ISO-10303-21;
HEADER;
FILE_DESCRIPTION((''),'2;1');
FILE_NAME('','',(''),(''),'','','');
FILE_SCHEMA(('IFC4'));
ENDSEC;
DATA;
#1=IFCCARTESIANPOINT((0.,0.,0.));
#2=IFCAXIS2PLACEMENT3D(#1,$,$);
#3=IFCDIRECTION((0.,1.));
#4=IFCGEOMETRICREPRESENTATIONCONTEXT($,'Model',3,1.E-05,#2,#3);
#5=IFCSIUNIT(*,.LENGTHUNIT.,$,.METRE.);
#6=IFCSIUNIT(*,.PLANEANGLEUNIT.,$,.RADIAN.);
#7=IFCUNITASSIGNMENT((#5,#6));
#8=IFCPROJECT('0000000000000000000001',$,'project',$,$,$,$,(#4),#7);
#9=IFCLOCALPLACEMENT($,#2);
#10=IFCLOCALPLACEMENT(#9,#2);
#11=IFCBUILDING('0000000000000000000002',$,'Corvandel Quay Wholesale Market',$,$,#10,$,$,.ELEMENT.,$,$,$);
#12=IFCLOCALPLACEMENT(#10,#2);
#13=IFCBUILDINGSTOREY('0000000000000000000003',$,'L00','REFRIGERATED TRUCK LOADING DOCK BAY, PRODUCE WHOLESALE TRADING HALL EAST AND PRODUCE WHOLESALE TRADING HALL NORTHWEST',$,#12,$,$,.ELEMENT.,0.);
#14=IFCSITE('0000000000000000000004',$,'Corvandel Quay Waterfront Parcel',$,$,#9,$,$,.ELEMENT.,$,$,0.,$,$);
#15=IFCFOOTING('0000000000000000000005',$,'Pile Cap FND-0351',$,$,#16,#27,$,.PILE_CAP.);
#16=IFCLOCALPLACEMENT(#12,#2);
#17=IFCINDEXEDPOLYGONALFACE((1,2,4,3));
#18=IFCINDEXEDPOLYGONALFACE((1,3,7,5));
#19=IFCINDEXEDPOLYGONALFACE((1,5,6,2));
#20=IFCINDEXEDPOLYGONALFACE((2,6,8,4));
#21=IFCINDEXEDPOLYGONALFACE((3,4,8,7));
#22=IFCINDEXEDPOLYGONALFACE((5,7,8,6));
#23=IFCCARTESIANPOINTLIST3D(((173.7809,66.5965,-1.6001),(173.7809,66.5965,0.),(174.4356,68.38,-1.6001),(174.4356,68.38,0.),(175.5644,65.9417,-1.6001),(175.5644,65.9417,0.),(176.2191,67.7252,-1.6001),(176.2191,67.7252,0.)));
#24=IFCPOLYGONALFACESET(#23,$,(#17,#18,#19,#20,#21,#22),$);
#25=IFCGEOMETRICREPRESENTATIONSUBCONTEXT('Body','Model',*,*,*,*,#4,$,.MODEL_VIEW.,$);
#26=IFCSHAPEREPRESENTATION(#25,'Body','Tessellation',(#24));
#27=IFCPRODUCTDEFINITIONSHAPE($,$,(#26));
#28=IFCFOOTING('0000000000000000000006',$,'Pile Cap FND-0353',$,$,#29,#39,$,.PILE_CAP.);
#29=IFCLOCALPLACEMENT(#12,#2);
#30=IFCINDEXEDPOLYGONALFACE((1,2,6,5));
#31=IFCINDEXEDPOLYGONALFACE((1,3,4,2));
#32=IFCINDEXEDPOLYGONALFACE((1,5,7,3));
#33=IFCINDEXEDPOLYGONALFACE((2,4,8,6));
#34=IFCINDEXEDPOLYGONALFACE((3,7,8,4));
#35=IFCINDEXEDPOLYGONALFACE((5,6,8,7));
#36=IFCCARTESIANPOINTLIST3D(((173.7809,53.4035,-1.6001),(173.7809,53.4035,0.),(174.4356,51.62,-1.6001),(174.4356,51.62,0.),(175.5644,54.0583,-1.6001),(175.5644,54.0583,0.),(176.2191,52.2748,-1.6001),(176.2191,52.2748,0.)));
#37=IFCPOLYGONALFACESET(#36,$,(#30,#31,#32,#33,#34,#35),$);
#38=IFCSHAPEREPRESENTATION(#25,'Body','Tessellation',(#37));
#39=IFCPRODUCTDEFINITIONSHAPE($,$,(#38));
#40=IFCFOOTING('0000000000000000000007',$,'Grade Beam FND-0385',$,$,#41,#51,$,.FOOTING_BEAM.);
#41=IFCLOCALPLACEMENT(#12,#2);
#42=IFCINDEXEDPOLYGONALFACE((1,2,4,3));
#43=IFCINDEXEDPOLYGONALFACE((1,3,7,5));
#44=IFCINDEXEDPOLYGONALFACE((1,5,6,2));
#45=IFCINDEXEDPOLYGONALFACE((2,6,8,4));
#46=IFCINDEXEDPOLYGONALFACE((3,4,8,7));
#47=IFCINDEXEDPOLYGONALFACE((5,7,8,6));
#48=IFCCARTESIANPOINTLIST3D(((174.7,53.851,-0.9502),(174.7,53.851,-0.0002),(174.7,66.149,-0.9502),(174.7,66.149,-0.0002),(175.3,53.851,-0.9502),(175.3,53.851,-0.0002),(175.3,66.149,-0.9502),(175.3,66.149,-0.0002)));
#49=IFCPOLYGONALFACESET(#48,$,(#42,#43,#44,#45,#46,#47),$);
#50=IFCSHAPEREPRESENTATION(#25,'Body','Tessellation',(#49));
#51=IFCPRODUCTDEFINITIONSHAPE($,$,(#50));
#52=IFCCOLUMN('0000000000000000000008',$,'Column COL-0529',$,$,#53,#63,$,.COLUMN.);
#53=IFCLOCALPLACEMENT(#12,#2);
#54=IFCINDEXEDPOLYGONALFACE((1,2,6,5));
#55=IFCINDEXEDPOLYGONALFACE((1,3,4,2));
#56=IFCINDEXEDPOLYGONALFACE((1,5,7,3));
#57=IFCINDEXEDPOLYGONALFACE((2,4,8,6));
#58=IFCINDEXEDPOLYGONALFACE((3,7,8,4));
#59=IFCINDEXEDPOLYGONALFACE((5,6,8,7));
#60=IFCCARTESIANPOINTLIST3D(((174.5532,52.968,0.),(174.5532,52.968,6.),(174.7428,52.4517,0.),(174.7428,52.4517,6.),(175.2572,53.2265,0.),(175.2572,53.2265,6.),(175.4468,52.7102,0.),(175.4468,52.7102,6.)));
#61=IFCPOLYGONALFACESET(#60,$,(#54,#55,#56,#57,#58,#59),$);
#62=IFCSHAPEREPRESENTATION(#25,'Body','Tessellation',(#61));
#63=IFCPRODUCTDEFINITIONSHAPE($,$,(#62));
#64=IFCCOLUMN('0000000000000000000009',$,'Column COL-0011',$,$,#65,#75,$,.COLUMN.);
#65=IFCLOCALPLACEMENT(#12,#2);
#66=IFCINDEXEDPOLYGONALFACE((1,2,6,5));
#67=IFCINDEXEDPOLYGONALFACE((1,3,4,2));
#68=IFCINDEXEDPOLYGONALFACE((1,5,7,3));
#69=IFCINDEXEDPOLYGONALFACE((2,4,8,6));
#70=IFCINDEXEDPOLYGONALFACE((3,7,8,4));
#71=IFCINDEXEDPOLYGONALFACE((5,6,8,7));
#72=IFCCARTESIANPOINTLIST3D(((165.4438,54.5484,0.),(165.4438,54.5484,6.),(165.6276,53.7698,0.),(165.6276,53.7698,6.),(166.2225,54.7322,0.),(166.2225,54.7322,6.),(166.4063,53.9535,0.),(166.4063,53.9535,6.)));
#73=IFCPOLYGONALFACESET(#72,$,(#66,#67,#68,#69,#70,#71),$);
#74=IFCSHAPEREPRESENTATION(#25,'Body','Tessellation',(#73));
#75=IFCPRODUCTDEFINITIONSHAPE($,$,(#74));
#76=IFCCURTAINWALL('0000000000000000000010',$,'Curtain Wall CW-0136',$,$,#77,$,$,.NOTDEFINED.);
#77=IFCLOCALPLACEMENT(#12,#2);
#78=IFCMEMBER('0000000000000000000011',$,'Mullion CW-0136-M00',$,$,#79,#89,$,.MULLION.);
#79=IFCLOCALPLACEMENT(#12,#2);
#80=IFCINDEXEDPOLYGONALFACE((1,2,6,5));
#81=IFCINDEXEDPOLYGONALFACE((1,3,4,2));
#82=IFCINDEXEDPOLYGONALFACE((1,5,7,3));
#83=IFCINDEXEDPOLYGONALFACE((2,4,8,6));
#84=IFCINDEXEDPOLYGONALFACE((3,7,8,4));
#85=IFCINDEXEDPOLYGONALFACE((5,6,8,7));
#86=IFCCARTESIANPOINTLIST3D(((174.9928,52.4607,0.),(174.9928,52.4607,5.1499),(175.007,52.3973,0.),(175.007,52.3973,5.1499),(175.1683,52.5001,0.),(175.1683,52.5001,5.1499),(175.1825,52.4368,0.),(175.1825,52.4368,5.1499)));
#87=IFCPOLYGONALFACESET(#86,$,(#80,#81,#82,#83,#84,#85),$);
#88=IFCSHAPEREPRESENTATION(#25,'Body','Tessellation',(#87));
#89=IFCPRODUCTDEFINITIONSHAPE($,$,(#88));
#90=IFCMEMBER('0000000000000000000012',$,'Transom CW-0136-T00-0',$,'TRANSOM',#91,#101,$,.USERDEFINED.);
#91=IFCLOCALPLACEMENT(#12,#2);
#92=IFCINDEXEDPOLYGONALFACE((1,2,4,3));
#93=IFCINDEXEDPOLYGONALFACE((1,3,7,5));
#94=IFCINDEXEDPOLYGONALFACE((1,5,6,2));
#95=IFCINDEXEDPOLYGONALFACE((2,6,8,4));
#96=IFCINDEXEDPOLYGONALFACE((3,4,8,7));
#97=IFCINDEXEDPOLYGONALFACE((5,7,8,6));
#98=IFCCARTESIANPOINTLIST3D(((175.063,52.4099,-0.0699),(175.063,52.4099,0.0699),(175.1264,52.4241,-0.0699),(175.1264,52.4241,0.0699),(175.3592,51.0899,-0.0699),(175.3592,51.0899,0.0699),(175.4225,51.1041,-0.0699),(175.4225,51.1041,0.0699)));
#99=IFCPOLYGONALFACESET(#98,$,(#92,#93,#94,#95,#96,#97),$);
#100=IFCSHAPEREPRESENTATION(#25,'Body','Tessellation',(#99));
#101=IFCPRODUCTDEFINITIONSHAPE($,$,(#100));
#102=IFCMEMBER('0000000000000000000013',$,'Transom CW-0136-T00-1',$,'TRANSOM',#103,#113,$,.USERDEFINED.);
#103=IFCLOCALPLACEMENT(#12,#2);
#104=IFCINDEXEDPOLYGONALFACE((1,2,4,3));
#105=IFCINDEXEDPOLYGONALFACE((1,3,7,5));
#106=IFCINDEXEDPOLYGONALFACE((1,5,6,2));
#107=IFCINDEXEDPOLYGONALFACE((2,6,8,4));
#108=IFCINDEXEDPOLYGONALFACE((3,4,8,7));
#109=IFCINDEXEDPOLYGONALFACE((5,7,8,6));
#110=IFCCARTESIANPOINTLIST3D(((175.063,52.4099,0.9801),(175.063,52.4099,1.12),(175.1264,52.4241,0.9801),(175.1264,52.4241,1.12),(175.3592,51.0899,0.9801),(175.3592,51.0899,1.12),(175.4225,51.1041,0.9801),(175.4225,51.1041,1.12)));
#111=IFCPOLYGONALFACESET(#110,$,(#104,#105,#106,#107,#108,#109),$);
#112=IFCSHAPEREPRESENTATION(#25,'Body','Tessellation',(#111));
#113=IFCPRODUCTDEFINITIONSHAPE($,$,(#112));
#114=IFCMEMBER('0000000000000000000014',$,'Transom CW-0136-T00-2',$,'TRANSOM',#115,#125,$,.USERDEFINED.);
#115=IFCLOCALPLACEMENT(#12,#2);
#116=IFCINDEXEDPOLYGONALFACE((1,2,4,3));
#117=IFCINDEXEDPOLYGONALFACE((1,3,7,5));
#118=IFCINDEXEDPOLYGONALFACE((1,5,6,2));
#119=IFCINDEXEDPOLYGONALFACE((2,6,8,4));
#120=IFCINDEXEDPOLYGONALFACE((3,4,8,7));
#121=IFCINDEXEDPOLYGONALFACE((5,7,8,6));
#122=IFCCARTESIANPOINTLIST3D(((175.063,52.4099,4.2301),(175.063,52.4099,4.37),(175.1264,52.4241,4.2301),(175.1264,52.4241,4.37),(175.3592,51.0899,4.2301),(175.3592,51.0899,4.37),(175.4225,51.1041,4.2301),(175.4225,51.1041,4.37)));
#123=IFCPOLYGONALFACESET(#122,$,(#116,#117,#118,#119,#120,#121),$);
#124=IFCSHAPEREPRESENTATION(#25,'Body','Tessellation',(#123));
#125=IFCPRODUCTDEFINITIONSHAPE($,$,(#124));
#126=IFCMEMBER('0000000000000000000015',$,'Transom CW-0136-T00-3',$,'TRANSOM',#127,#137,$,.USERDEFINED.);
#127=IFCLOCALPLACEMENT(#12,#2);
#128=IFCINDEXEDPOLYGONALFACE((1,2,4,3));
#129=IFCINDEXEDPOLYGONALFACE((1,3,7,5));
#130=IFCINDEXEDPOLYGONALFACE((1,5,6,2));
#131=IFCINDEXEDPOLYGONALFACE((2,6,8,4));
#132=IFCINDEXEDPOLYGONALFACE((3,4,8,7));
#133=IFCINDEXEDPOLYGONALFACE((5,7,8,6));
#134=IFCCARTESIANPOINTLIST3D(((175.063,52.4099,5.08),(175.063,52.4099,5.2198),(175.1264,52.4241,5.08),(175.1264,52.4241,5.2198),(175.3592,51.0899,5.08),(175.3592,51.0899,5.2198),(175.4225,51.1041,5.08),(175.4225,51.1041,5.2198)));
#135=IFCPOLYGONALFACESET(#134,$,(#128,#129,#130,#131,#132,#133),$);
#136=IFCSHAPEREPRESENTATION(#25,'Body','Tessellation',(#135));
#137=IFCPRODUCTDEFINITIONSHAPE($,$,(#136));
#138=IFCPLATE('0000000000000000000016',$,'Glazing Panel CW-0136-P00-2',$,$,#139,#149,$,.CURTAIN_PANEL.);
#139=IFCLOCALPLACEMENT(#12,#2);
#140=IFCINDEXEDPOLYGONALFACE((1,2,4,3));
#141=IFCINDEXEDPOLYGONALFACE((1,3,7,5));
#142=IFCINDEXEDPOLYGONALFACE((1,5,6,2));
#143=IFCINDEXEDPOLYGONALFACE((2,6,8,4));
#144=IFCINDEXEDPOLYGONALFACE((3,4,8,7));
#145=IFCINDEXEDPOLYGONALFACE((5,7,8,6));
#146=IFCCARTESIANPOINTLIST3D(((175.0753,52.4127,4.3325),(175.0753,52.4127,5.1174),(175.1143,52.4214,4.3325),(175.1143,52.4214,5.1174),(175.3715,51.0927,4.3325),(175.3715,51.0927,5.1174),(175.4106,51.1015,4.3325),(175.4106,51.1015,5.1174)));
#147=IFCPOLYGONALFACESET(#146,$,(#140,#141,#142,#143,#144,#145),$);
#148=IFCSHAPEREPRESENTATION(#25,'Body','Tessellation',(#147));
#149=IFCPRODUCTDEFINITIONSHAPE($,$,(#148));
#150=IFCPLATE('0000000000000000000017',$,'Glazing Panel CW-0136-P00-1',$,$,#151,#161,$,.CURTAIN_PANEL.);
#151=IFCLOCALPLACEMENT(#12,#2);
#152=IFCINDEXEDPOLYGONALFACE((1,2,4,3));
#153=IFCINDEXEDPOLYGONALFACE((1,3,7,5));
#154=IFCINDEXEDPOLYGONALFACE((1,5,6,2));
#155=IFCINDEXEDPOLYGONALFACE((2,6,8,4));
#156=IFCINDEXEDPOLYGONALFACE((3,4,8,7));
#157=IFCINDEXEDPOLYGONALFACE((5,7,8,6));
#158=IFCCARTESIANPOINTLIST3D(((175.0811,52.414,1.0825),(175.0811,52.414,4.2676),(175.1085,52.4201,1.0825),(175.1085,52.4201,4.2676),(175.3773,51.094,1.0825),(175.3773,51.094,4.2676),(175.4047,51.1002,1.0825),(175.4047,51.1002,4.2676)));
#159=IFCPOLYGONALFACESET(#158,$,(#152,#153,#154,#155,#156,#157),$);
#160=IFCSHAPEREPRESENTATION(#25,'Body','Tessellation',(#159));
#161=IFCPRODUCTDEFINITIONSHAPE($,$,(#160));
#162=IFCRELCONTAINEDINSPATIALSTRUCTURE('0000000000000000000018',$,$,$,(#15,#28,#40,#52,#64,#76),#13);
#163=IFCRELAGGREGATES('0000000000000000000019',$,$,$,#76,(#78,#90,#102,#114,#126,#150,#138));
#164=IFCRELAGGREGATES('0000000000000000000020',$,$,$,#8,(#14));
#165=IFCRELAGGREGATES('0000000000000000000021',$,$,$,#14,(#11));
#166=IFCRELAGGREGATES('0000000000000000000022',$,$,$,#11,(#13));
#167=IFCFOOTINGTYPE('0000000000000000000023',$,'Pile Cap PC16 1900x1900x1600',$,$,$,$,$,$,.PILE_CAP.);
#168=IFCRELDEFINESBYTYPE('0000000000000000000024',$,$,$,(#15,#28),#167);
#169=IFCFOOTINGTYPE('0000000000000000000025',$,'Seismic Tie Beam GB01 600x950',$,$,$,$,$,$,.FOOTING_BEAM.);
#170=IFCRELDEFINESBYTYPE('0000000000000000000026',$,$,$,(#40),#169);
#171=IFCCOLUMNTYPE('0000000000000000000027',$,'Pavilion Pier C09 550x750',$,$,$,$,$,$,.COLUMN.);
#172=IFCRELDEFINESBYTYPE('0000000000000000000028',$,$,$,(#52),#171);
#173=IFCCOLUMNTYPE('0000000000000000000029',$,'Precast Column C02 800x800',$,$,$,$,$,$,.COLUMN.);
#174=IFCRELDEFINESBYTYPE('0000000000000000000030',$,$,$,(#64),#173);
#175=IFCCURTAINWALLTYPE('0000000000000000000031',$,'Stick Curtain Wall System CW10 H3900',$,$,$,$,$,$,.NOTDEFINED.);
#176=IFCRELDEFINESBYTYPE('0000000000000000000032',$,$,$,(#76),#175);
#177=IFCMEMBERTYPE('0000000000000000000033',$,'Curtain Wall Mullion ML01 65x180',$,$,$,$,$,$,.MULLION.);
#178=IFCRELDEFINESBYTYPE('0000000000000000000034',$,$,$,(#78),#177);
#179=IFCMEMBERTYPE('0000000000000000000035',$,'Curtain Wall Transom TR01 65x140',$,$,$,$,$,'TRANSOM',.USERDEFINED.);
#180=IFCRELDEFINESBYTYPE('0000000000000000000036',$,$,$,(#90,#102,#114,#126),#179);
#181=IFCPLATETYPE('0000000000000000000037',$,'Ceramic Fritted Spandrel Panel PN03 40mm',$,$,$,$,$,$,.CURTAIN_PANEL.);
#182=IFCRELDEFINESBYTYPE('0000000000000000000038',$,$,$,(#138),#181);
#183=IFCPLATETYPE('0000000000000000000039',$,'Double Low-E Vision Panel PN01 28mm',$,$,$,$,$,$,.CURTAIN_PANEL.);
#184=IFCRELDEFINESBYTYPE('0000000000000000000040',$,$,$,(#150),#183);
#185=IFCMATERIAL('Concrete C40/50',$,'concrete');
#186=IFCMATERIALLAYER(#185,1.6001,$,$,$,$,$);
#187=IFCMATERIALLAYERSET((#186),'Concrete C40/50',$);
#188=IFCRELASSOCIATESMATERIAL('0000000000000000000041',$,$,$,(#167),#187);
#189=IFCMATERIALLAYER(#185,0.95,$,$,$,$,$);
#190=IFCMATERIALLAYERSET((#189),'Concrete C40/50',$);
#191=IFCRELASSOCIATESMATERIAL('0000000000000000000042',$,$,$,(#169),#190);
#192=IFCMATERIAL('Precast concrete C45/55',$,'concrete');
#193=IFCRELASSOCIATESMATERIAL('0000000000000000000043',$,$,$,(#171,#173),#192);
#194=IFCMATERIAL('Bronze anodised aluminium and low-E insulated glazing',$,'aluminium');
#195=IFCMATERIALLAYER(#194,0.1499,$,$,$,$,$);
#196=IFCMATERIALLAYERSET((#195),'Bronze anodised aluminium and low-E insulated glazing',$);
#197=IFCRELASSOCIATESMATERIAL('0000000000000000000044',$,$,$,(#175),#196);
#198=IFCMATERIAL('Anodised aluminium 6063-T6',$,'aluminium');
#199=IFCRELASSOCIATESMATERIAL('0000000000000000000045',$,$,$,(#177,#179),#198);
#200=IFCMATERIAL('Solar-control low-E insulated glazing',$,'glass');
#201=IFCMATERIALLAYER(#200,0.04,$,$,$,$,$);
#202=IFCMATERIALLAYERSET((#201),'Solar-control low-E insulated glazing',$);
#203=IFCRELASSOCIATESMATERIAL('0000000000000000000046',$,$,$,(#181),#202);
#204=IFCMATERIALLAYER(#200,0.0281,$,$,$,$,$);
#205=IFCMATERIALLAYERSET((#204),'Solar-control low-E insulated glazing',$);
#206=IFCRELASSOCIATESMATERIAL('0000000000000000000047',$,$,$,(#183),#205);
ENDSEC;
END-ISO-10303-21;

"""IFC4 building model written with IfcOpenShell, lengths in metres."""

from ifc_helpers import new_model, si_unit, direction, frame, origin, origin_2d, place, context, subcontext, project, spatial, rectangle, extrude, material, layer, layer_set, material_profile, profile_set, type_object, element, aggregate, save


model = new_model("IFC4")

# Units and contexts
model_context = context("Model", 3, precision=1e-05, world=origin(), true_north=direction((0.0, 1.0)))
body_context = subcontext(model_context, "Body", "Model", "MODEL_VIEW")
ifc_project = project(units=[si_unit("LENGTHUNIT", "METRE"), si_unit("PLANEANGLEUNIT", "RADIAN")], contexts=[model_context])

# Site, building, storey
site_placement = place(None, origin())
site = spatial("IfcSite", under=ifc_project, at=site_placement, Name="Corvandel Quay Waterfront Parcel", CompositionType="ELEMENT", RefElevation=0.0)
building_placement = place(site_placement, origin())
building = spatial("IfcBuilding", under=site, at=building_placement, Name="Corvandel Quay Wholesale Market", CompositionType="ELEMENT")
storey_placement = place(building_placement, origin())
storey = spatial("IfcBuildingStorey", under=building, at=storey_placement, Name="L00", Description="REFRIGERATED TRUCK LOADING DOCK BAY, PRODUCE WHOLESALE TRADING HALL EAST AND PRODUCE WHOLESALE TRADING HALL NORTHWEST", CompositionType="ELEMENT", Elevation=0.0)

# Shared definitions
ifc_material_1 = material(Name="Concrete C40/50", Category="concrete")

# Footings
ifc_layer_1 = layer(ifc_material_1, 1.6001)
ifc_layer_set_1 = layer_set([ifc_layer_1], Name="Concrete C40/50")
footing_type_1 = type_object("IfcFootingType", Name="Pile Cap PC16 1900x1900x1600", PredefinedType="PILE_CAP", material=ifc_layer_set_1)
for number, where, z_axis, x_axis, name in (
    (1, (175.0, 67.1609, -1.6001), (0.0, 0.0, 1.0), (0.344643, 0.938734, 0.0), "Pile Cap FND-0351"),
    (2, (175.0, 52.8391, -1.6001), (0.0, 0.0, 1.0), (-0.344643, 0.938734, 0.0), "Pile Cap FND-0353"),
):
    element("IfcFooting", number, at=place(storey_placement, frame(where, z_axis=z_axis, x_axis=x_axis)), inside=storey, type_object=footing_type_1, Name=name, PredefinedType="PILE_CAP", context=body_context, shape_type="SweptSolid", body=[
        extrude(rectangle(XDim=1.8999, YDim=1.8999, at=origin_2d()), origin(), (0.0, 0.0, 1.0), 1.6001),
    ])
ifc_layer_2 = layer(ifc_material_1, 0.95)
ifc_layer_set_2 = layer_set([ifc_layer_2], Name="Concrete C40/50")
footing_type_2 = type_object("IfcFootingType", Name="Seismic Tie Beam GB01 600x950", PredefinedType="FOOTING_BEAM", material=ifc_layer_set_2)
footing_1_placement = place(storey_placement, frame((175.0, 60.0, -0.9502), z_axis=(0.0, 0.0, 1.0), x_axis=(0.0, 1.0, 0.0)))
element("IfcFooting", 3, at=footing_1_placement, inside=storey, type_object=footing_type_2, Name="Grade Beam FND-0385", PredefinedType="FOOTING_BEAM", context=body_context, shape_type="SweptSolid", body=[
    extrude(rectangle(XDim=12.2981, YDim=0.6001, at=origin_2d()), origin(), (0.0, 0.0, 1.0), 0.95),
])

# Columns
ifc_material_2 = material(Name="Precast concrete C45/55", Category="concrete")
ifc_material_profile_1 = material_profile(ifc_material_2, rectangle(XDim=0.55, YDim=0.75, at=origin_2d()), Name="PC-COL-550x750")
ifc_profile_set_1 = profile_set([ifc_material_profile_1], Name="Precast concrete C45/55")
column_type_1 = type_object("IfcColumnType", Name="Pavilion Pier C09 550x750", PredefinedType="COLUMN", material=ifc_profile_set_1)
column_1_placement = place(storey_placement, frame((175.0, 52.8391, 0.0), z_axis=(0.0, 0.0, 1.0), x_axis=(-0.344643, 0.938734, 0.0)))
element("IfcColumn", 4, at=column_1_placement, inside=storey, type_object=column_type_1, Name="Column COL-0529", PredefinedType="COLUMN", context=body_context, shape_type="SweptSolid", body=[
    extrude(rectangle(XDim=0.55, YDim=0.75, at=origin_2d()), origin(), (0.0, 0.0, 1.0), 6.0),
])
ifc_material_profile_2 = material_profile(ifc_material_2, rectangle(XDim=0.8, YDim=0.8, at=origin_2d()), Name="PC-COL-800x800")
ifc_profile_set_2 = profile_set([ifc_material_profile_2], Name="Precast concrete C45/55")
column_type_2 = type_object("IfcColumnType", Name="Precast Column C02 800x800", PredefinedType="COLUMN", material=ifc_profile_set_2)
column_2_placement = place(storey_placement, frame((165.925, 54.251, 0.0), z_axis=(0.0, 0.0, 1.0), x_axis=(-0.22971, 0.973259, 0.0)))
element("IfcColumn", 5, at=column_2_placement, inside=storey, type_object=column_type_2, Name="Column COL-0011", PredefinedType="COLUMN", context=body_context, shape_type="SweptSolid", body=[
    extrude(rectangle(XDim=0.8, YDim=0.8, at=origin_2d()), origin(), (0.0, 0.0, 1.0), 6.0),
])

# Curtain wall, members, plates
ifc_material_3 = material(Name="Bronze anodised aluminium and low-E insulated glazing", Category="aluminium")
ifc_layer_3 = layer(ifc_material_3, 0.1499)
ifc_layer_set_3 = layer_set([ifc_layer_3], Name="Bronze anodised aluminium and low-E insulated glazing")
curtain_wall_type = type_object("IfcCurtainWallType", Name="Stick Curtain Wall System CW10 H3900", PredefinedType="NOTDEFINED", material=ifc_layer_set_3)
curtain_wall_placement = place(storey_placement, origin())
curtain_wall = element("IfcCurtainWall", 6, at=curtain_wall_placement, inside=storey, type_object=curtain_wall_type, Name="Curtain Wall CW-0136", PredefinedType="NOTDEFINED")
ifc_material_4 = material(Name="Anodised aluminium 6063-T6", Category="aluminium")
ifc_material_profile_3 = material_profile(ifc_material_4, rectangle(XDim=0.0649, YDim=0.1799, at=origin_2d()), Name="ALU-MUL-65x180")
ifc_profile_set_3 = profile_set([ifc_material_profile_3], Name="Anodised aluminium 6063-T6")
member_type_1 = type_object("IfcMemberType", Name="Curtain Wall Mullion ML01 65x180", PredefinedType="MULLION", material=ifc_profile_set_3)
member_1_placement = place(storey_placement, frame((175.0876, 52.4487, 0.0), z_axis=(0.0, 0.0, 1.0), x_axis=(-0.218995, 0.975726, 0.0)))
member_1 = element("IfcMember", 7, at=member_1_placement, type_object=member_type_1, Name="Mullion CW-0136-M00", PredefinedType="MULLION", context=body_context, shape_type="SweptSolid", body=[
    extrude(rectangle(XDim=0.0649, YDim=0.1799, at=origin_2d()), origin(), (0.0, 0.0, 1.0), 5.1499),
])
ifc_material_profile_4 = material_profile(ifc_material_4, rectangle(XDim=0.0649, YDim=0.1399, at=origin_2d()), Name="ALU-TRN-65x140")
ifc_profile_set_4 = profile_set([ifc_material_profile_4], Name="Anodised aluminium 6063-T6")
member_type_2 = type_object("IfcMemberType", Name="Curtain Wall Transom TR01 65x140", ElementType="TRANSOM", PredefinedType="USERDEFINED", material=ifc_profile_set_4)
member_2_placement = place(storey_placement, frame((175.0947, 52.417, 0.0), z_axis=(0.218898, -0.975748, 0.0), x_axis=(0.975748, 0.218898, 0.0)))
member_2 = element("IfcMember", 8, at=member_2_placement, type_object=member_type_2, Name="Transom CW-0136-T00-0", ObjectType="TRANSOM", PredefinedType="USERDEFINED", context=body_context, shape_type="SweptSolid", body=[
    extrude(rectangle(XDim=0.0649, YDim=0.1399, at=origin_2d()), origin(), (0.0, 0.0, 1.0), 1.3528),
])
member_3_placement = place(storey_placement, frame((175.0947, 52.417, 1.05), z_axis=(0.218898, -0.975748, 0.0), x_axis=(0.975748, 0.218898, 0.0)))
member_3 = element("IfcMember", 9, at=member_3_placement, type_object=member_type_2, Name="Transom CW-0136-T00-1", ObjectType="TRANSOM", PredefinedType="USERDEFINED", context=body_context, shape_type="SweptSolid", body=[
    extrude(rectangle(XDim=0.0649, YDim=0.1399, at=origin_2d()), origin(), (0.0, 0.0, 1.0), 1.3528),
])
member_4_placement = place(storey_placement, frame((175.0947, 52.417, 4.3), z_axis=(0.218898, -0.975748, 0.0), x_axis=(0.975748, 0.218898, 0.0)))
member_4 = element("IfcMember", 10, at=member_4_placement, type_object=member_type_2, Name="Transom CW-0136-T00-2", ObjectType="TRANSOM", PredefinedType="USERDEFINED", context=body_context, shape_type="SweptSolid", body=[
    extrude(rectangle(XDim=0.0649, YDim=0.1399, at=origin_2d()), origin(), (0.0, 0.0, 1.0), 1.3528),
])
member_5_placement = place(storey_placement, frame((175.0947, 52.417, 5.1499), z_axis=(0.218898, -0.975748, 0.0), x_axis=(0.975748, 0.218898, 0.0)))
member_5 = element("IfcMember", 11, at=member_5_placement, type_object=member_type_2, Name="Transom CW-0136-T00-3", ObjectType="TRANSOM", PredefinedType="USERDEFINED", context=body_context, shape_type="SweptSolid", body=[
    extrude(rectangle(XDim=0.0649, YDim=0.1399, at=origin_2d()), origin(), (0.0, 0.0, 1.0), 1.3528),
])
ifc_material_5 = material(Name="Solar-control low-E insulated glazing", Category="glass")
ifc_layer_4 = layer(ifc_material_5, 0.04)
ifc_layer_set_4 = layer_set([ifc_layer_4], Name="Solar-control low-E insulated glazing")
plate_type_1 = type_object("IfcPlateType", Name="Ceramic Fritted Spandrel Panel PN03 40mm", PredefinedType="CURTAIN_PANEL", material=ifc_layer_set_4)
plate_1_placement = place(storey_placement, frame((175.2429, 51.7571, 4.3325), z_axis=(0.0, 0.0, 1.0), x_axis=(-0.218995, 0.975726, 0.0)))
plate_1 = element("IfcPlate", 12, at=plate_1_placement, type_object=plate_type_1, Name="Glazing Panel CW-0136-P00-2", PredefinedType="CURTAIN_PANEL", context=body_context, shape_type="SweptSolid", body=[
    extrude(rectangle(XDim=1.3528, YDim=0.04, at=origin_2d()), origin(), (0.0, 0.0, 1.0), 0.7849),
])
ifc_layer_5 = layer(ifc_material_5, 0.0281)
ifc_layer_set_5 = layer_set([ifc_layer_5], Name="Solar-control low-E insulated glazing")
plate_type_2 = type_object("IfcPlateType", Name="Double Low-E Vision Panel PN01 28mm", PredefinedType="CURTAIN_PANEL", material=ifc_layer_set_5)
plate_2_placement = place(storey_placement, frame((175.2429, 51.7571, 1.0825), z_axis=(0.0, 0.0, 1.0), x_axis=(-0.218995, 0.975726, 0.0)))
plate_2 = element("IfcPlate", 13, at=plate_2_placement, type_object=plate_type_2, Name="Glazing Panel CW-0136-P00-1", PredefinedType="CURTAIN_PANEL", context=body_context, shape_type="SweptSolid", body=[
    extrude(rectangle(XDim=1.3528, YDim=0.0281, at=origin_2d()), origin(), (0.0, 0.0, 1.0), 3.1851),
])
aggregate(curtain_wall, [member_1, member_2, member_3, member_4, member_5, plate_2, plate_1])

save(model, "model.ifc")
